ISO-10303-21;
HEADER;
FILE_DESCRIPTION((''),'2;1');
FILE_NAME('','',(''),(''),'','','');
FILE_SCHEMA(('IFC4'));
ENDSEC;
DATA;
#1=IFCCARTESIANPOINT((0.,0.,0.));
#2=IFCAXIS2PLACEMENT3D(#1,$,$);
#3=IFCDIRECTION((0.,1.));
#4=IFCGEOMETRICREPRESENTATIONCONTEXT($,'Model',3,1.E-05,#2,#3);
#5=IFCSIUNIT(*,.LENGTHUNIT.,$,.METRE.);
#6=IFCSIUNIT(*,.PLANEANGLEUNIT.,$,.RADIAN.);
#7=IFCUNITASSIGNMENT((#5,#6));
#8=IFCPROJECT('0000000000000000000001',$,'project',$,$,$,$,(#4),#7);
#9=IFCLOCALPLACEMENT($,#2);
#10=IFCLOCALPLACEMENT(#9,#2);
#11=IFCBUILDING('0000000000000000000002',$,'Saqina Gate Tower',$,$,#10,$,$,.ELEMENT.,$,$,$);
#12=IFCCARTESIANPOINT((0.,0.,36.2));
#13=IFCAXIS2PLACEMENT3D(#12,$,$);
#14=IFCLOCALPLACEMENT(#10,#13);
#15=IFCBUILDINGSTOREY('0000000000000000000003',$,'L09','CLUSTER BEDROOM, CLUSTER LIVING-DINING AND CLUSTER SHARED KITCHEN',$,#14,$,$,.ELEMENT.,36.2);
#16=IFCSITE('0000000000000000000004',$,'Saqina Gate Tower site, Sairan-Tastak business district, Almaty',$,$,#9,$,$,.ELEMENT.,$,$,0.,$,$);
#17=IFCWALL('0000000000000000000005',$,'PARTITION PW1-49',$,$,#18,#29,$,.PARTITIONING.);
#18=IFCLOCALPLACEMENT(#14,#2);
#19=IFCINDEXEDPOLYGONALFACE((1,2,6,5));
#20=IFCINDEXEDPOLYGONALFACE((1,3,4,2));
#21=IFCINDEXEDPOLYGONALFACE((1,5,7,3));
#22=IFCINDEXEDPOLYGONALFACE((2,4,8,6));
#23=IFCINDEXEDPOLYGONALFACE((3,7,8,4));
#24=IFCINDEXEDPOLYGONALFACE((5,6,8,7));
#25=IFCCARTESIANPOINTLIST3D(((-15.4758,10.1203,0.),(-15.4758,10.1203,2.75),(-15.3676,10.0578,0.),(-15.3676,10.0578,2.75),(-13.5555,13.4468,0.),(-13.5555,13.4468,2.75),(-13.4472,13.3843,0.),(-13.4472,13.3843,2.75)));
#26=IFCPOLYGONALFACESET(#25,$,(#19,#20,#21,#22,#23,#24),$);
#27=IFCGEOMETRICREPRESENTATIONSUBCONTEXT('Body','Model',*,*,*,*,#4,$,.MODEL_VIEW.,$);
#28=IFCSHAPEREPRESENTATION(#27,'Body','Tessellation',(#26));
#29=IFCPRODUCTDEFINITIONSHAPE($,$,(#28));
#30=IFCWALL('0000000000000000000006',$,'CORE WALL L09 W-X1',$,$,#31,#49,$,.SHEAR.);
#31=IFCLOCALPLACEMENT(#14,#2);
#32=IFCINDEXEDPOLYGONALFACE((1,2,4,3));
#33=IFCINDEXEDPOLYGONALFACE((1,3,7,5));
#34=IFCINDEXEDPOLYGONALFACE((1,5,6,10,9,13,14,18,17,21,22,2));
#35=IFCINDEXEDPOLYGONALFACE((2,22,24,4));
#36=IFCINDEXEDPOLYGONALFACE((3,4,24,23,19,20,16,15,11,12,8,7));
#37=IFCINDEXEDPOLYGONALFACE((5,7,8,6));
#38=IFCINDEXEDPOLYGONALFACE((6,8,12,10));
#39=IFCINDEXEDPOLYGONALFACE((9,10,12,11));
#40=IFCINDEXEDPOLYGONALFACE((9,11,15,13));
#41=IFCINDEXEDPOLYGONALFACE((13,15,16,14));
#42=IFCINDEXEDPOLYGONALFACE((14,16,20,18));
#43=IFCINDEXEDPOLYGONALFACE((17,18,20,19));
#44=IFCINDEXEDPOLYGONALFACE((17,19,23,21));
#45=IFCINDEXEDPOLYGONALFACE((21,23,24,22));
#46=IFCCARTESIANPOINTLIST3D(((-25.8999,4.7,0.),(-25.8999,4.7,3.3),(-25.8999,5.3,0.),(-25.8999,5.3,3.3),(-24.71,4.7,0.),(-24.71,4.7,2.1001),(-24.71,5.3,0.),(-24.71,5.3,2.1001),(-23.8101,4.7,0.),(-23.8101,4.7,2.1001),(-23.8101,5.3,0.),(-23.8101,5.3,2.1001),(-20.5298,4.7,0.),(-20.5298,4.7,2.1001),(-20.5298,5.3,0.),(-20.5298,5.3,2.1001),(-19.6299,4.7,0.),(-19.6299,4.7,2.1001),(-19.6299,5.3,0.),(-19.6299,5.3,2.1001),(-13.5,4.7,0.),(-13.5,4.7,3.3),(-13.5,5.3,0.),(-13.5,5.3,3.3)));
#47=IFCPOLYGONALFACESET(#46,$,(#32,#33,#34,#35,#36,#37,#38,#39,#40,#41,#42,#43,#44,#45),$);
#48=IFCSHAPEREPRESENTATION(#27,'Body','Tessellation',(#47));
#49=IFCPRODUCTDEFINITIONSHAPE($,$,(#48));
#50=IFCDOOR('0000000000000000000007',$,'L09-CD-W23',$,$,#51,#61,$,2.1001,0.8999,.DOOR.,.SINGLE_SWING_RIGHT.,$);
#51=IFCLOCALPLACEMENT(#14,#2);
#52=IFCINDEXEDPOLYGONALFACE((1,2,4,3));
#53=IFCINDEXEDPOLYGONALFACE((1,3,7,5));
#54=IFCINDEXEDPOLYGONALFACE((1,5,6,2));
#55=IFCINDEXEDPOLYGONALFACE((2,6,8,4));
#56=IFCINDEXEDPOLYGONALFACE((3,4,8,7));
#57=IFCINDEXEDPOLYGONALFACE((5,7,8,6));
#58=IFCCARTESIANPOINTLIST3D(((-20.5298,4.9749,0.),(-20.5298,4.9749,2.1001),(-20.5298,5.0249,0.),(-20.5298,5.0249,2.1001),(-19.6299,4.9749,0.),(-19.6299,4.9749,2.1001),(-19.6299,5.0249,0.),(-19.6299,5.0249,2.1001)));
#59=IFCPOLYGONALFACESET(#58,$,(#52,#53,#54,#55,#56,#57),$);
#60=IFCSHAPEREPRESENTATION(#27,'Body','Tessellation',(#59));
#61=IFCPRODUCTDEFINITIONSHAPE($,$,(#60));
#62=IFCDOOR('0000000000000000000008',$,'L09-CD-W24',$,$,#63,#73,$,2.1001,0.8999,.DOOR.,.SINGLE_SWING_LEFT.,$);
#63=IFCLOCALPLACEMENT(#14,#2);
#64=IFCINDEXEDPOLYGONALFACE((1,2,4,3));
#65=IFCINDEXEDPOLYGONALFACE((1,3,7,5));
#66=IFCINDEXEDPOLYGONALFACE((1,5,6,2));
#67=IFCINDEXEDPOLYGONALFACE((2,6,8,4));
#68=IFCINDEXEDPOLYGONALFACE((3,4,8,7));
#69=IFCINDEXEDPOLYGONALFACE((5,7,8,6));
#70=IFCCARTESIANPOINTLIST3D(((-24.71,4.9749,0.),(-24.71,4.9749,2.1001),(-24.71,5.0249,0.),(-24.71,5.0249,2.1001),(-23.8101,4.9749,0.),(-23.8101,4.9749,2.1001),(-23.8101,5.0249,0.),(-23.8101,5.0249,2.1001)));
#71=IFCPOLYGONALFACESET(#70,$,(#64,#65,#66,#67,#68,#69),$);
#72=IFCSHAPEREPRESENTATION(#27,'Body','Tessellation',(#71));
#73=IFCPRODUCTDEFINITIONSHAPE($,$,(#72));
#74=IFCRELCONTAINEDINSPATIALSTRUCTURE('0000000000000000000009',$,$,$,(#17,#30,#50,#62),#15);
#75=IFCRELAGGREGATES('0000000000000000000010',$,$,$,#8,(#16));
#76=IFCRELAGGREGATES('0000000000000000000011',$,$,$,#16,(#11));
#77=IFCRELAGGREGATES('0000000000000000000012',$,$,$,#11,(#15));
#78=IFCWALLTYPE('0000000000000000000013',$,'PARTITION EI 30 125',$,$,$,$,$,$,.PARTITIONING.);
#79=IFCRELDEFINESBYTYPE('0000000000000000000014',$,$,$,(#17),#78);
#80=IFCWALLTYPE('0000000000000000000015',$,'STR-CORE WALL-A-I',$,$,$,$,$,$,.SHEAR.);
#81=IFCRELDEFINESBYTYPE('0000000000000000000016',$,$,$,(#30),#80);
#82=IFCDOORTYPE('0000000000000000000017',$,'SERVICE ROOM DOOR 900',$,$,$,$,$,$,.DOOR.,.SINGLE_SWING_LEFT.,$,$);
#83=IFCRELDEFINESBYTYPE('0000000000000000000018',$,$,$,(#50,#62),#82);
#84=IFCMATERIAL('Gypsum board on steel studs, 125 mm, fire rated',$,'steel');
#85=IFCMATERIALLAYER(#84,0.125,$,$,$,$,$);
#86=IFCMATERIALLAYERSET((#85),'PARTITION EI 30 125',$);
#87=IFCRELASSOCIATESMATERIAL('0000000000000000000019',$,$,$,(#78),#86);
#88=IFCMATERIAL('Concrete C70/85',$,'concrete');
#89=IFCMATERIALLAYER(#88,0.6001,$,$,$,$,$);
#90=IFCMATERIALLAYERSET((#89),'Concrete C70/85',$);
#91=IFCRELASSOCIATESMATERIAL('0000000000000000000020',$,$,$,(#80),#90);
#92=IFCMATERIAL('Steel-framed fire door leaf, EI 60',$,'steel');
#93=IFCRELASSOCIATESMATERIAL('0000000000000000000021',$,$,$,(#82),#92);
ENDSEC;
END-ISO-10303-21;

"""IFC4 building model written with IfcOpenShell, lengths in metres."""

from ifc_helpers import new_model, si_unit, direction, frame, frame_2d, origin, place, context, subcontext, project, spatial, rectangle, extrude, material, layer, layer_set, type_object, element, fill, save


model = new_model("IFC4")

# Units and contexts
model_context = context("Model", 3, precision=1e-05, world=origin(), true_north=direction((0.0, 1.0)))
body_context = subcontext(model_context, "Body", "Model", "MODEL_VIEW")
ifc_project = project(units=[si_unit("LENGTHUNIT", "METRE"), si_unit("PLANEANGLEUNIT", "RADIAN")], contexts=[model_context])

# Site, building, storey
site_placement = place(None, origin())
site = spatial("IfcSite", under=ifc_project, at=site_placement, Name="Saqina Gate Tower site, Sairan-Tastak business district, Almaty", CompositionType="ELEMENT", RefElevation=0.0)
building_placement = place(site_placement, origin())
building = spatial("IfcBuilding", under=site, at=building_placement, Name="Saqina Gate Tower", CompositionType="ELEMENT")
storey_placement = place(building_placement, frame((0.0, 0.0, 36.2)))
storey = spatial("IfcBuildingStorey", under=building, at=storey_placement, Name="L09", Description="CLUSTER BEDROOM, CLUSTER LIVING-DINING AND CLUSTER SHARED KITCHEN", CompositionType="ELEMENT", Elevation=36.2)

# Shared definitions
ifc_material_1 = material(Name="Gypsum board on steel studs, 125 mm, fire rated", Category="steel")
ifc_layer_1 = layer(ifc_material_1, 0.125)
ifc_layer_set_1 = layer_set([ifc_layer_1], Name="PARTITION EI 30 125")
wall_type_1 = type_object("IfcWallType", Name="PARTITION EI 30 125", PredefinedType="PARTITIONING", material=ifc_layer_set_1)

# Wall
wall_1_placement = place(storey_placement, frame((-15.4216, 10.0891, 0.0), z_axis=(0.0, 0.0, 1.0), x_axis=(0.499954, 0.866052, 0.0)))
element("IfcWall", 1, at=wall_1_placement, inside=storey, type_object=wall_type_1, Name="PARTITION PW1-49", PredefinedType="PARTITIONING", context=body_context, shape_type="SweptSolid", body=[
    extrude(rectangle(XDim=3.8411, YDim=0.125, at=frame_2d((1.9204, 0.0))), origin(), (0.0, 0.0, 1.0), 2.75),
])

# Wall, openings, doors
ifc_material_2 = material(Name="Concrete C70/85", Category="concrete")
ifc_layer_2 = layer(ifc_material_2, 0.6001)
ifc_layer_set_2 = layer_set([ifc_layer_2], Name="Concrete C70/85")
wall_type_2 = type_object("IfcWallType", Name="STR-CORE WALL-A-I", PredefinedType="SHEAR", material=ifc_layer_set_2)
wall_2_placement = place(storey_placement, frame((-13.5, 5.0, 0.0), z_axis=(0.0, 0.0, 1.0), x_axis=(-1.0, 0.0, 0.0)))
wall_2 = element("IfcWall", 2, at=wall_2_placement, inside=storey, type_object=wall_type_2, Name="CORE WALL L09 W-X1", PredefinedType="SHEAR", context=body_context, shape_type="SweptSolid", body=[
    extrude(rectangle(XDim=12.3999, YDim=0.6001, at=frame_2d((6.2, 0.0))), origin(), (0.0, 0.0, 1.0), 3.3),
])
opening_1_placement = place(wall_2_placement, frame((6.1299, 0.0, 0.0)))
opening_1 = element("IfcOpeningElement", 3, at=opening_1_placement, cuts=wall_2, PredefinedType="OPENING", context=body_context, shape_type="SweptSolid", body=[
    extrude(rectangle(XDim=0.8999, YDim=2.1001, at=frame_2d((0.45, 1.05))), frame((0.0, 0.312, 0.0), z_axis=(0.0, -1.0, 0.0), x_axis=(1.0, 0.0, 0.0)), (0.0, 0.0, 1.0), 0.624),
])
opening_2_placement = place(wall_2_placement, frame((10.3101, 0.0, 0.0)))
opening_2 = element("IfcOpeningElement", 4, at=opening_2_placement, cuts=wall_2, PredefinedType="OPENING", context=body_context, shape_type="SweptSolid", body=[
    extrude(rectangle(XDim=0.8999, YDim=2.1001, at=frame_2d((0.45, 1.05))), frame((0.0, 0.312, 0.0), z_axis=(0.0, -1.0, 0.0), x_axis=(1.0, 0.0, 0.0)), (0.0, 0.0, 1.0), 0.624),
])
ifc_material_3 = material(Name="Steel-framed fire door leaf, EI 60", Category="steel")
door_type_1 = type_object("IfcDoorType", Name="SERVICE ROOM DOOR 900", OperationType="SINGLE_SWING_LEFT", PredefinedType="DOOR", material=ifc_material_3)
door_1_placement = place(opening_1_placement, frame((0.8999, 0.0, 0.0), z_axis=(0.0, 0.0, 1.0), x_axis=(-1.0, 0.0, 0.0)))
door_1 = element("IfcDoor", 5, at=door_1_placement, inside=storey, type_object=door_type_1, Name="L09-CD-W23", OperationType="SINGLE_SWING_RIGHT", OverallHeight=2.1001, OverallWidth=0.8999, PredefinedType="DOOR", context=body_context, shape_type="SweptSolid", body=[
    extrude(rectangle(XDim=0.8999, YDim=2.1001, at=frame_2d((0.45, 1.05))), frame((0.0, 0.0249, 0.0), z_axis=(0.0, -1.0, 0.0), x_axis=(1.0, 0.0, 0.0)), (0.0, 0.0, 1.0), 0.05),
])
fill(opening_1, door_1)
door_2_placement = place(opening_2_placement, frame((0.8999, 0.0, 0.0), z_axis=(0.0, 0.0, 1.0), x_axis=(-1.0, 0.0, 0.0)))
door_2 = element("IfcDoor", 6, at=door_2_placement, inside=storey, type_object=door_type_1, Name="L09-CD-W24", OperationType="SINGLE_SWING_LEFT", OverallHeight=2.1001, OverallWidth=0.8999, PredefinedType="DOOR", context=body_context, shape_type="SweptSolid", body=[
    extrude(rectangle(XDim=0.8999, YDim=2.1001, at=frame_2d((0.45, 1.05))), frame((0.0, 0.0249, 0.0), z_axis=(0.0, -1.0, 0.0), x_axis=(1.0, 0.0, 0.0)), (0.0, 0.0, 1.0), 0.05),
])
fill(opening_2, door_2)

save(model, "model.ifc")
